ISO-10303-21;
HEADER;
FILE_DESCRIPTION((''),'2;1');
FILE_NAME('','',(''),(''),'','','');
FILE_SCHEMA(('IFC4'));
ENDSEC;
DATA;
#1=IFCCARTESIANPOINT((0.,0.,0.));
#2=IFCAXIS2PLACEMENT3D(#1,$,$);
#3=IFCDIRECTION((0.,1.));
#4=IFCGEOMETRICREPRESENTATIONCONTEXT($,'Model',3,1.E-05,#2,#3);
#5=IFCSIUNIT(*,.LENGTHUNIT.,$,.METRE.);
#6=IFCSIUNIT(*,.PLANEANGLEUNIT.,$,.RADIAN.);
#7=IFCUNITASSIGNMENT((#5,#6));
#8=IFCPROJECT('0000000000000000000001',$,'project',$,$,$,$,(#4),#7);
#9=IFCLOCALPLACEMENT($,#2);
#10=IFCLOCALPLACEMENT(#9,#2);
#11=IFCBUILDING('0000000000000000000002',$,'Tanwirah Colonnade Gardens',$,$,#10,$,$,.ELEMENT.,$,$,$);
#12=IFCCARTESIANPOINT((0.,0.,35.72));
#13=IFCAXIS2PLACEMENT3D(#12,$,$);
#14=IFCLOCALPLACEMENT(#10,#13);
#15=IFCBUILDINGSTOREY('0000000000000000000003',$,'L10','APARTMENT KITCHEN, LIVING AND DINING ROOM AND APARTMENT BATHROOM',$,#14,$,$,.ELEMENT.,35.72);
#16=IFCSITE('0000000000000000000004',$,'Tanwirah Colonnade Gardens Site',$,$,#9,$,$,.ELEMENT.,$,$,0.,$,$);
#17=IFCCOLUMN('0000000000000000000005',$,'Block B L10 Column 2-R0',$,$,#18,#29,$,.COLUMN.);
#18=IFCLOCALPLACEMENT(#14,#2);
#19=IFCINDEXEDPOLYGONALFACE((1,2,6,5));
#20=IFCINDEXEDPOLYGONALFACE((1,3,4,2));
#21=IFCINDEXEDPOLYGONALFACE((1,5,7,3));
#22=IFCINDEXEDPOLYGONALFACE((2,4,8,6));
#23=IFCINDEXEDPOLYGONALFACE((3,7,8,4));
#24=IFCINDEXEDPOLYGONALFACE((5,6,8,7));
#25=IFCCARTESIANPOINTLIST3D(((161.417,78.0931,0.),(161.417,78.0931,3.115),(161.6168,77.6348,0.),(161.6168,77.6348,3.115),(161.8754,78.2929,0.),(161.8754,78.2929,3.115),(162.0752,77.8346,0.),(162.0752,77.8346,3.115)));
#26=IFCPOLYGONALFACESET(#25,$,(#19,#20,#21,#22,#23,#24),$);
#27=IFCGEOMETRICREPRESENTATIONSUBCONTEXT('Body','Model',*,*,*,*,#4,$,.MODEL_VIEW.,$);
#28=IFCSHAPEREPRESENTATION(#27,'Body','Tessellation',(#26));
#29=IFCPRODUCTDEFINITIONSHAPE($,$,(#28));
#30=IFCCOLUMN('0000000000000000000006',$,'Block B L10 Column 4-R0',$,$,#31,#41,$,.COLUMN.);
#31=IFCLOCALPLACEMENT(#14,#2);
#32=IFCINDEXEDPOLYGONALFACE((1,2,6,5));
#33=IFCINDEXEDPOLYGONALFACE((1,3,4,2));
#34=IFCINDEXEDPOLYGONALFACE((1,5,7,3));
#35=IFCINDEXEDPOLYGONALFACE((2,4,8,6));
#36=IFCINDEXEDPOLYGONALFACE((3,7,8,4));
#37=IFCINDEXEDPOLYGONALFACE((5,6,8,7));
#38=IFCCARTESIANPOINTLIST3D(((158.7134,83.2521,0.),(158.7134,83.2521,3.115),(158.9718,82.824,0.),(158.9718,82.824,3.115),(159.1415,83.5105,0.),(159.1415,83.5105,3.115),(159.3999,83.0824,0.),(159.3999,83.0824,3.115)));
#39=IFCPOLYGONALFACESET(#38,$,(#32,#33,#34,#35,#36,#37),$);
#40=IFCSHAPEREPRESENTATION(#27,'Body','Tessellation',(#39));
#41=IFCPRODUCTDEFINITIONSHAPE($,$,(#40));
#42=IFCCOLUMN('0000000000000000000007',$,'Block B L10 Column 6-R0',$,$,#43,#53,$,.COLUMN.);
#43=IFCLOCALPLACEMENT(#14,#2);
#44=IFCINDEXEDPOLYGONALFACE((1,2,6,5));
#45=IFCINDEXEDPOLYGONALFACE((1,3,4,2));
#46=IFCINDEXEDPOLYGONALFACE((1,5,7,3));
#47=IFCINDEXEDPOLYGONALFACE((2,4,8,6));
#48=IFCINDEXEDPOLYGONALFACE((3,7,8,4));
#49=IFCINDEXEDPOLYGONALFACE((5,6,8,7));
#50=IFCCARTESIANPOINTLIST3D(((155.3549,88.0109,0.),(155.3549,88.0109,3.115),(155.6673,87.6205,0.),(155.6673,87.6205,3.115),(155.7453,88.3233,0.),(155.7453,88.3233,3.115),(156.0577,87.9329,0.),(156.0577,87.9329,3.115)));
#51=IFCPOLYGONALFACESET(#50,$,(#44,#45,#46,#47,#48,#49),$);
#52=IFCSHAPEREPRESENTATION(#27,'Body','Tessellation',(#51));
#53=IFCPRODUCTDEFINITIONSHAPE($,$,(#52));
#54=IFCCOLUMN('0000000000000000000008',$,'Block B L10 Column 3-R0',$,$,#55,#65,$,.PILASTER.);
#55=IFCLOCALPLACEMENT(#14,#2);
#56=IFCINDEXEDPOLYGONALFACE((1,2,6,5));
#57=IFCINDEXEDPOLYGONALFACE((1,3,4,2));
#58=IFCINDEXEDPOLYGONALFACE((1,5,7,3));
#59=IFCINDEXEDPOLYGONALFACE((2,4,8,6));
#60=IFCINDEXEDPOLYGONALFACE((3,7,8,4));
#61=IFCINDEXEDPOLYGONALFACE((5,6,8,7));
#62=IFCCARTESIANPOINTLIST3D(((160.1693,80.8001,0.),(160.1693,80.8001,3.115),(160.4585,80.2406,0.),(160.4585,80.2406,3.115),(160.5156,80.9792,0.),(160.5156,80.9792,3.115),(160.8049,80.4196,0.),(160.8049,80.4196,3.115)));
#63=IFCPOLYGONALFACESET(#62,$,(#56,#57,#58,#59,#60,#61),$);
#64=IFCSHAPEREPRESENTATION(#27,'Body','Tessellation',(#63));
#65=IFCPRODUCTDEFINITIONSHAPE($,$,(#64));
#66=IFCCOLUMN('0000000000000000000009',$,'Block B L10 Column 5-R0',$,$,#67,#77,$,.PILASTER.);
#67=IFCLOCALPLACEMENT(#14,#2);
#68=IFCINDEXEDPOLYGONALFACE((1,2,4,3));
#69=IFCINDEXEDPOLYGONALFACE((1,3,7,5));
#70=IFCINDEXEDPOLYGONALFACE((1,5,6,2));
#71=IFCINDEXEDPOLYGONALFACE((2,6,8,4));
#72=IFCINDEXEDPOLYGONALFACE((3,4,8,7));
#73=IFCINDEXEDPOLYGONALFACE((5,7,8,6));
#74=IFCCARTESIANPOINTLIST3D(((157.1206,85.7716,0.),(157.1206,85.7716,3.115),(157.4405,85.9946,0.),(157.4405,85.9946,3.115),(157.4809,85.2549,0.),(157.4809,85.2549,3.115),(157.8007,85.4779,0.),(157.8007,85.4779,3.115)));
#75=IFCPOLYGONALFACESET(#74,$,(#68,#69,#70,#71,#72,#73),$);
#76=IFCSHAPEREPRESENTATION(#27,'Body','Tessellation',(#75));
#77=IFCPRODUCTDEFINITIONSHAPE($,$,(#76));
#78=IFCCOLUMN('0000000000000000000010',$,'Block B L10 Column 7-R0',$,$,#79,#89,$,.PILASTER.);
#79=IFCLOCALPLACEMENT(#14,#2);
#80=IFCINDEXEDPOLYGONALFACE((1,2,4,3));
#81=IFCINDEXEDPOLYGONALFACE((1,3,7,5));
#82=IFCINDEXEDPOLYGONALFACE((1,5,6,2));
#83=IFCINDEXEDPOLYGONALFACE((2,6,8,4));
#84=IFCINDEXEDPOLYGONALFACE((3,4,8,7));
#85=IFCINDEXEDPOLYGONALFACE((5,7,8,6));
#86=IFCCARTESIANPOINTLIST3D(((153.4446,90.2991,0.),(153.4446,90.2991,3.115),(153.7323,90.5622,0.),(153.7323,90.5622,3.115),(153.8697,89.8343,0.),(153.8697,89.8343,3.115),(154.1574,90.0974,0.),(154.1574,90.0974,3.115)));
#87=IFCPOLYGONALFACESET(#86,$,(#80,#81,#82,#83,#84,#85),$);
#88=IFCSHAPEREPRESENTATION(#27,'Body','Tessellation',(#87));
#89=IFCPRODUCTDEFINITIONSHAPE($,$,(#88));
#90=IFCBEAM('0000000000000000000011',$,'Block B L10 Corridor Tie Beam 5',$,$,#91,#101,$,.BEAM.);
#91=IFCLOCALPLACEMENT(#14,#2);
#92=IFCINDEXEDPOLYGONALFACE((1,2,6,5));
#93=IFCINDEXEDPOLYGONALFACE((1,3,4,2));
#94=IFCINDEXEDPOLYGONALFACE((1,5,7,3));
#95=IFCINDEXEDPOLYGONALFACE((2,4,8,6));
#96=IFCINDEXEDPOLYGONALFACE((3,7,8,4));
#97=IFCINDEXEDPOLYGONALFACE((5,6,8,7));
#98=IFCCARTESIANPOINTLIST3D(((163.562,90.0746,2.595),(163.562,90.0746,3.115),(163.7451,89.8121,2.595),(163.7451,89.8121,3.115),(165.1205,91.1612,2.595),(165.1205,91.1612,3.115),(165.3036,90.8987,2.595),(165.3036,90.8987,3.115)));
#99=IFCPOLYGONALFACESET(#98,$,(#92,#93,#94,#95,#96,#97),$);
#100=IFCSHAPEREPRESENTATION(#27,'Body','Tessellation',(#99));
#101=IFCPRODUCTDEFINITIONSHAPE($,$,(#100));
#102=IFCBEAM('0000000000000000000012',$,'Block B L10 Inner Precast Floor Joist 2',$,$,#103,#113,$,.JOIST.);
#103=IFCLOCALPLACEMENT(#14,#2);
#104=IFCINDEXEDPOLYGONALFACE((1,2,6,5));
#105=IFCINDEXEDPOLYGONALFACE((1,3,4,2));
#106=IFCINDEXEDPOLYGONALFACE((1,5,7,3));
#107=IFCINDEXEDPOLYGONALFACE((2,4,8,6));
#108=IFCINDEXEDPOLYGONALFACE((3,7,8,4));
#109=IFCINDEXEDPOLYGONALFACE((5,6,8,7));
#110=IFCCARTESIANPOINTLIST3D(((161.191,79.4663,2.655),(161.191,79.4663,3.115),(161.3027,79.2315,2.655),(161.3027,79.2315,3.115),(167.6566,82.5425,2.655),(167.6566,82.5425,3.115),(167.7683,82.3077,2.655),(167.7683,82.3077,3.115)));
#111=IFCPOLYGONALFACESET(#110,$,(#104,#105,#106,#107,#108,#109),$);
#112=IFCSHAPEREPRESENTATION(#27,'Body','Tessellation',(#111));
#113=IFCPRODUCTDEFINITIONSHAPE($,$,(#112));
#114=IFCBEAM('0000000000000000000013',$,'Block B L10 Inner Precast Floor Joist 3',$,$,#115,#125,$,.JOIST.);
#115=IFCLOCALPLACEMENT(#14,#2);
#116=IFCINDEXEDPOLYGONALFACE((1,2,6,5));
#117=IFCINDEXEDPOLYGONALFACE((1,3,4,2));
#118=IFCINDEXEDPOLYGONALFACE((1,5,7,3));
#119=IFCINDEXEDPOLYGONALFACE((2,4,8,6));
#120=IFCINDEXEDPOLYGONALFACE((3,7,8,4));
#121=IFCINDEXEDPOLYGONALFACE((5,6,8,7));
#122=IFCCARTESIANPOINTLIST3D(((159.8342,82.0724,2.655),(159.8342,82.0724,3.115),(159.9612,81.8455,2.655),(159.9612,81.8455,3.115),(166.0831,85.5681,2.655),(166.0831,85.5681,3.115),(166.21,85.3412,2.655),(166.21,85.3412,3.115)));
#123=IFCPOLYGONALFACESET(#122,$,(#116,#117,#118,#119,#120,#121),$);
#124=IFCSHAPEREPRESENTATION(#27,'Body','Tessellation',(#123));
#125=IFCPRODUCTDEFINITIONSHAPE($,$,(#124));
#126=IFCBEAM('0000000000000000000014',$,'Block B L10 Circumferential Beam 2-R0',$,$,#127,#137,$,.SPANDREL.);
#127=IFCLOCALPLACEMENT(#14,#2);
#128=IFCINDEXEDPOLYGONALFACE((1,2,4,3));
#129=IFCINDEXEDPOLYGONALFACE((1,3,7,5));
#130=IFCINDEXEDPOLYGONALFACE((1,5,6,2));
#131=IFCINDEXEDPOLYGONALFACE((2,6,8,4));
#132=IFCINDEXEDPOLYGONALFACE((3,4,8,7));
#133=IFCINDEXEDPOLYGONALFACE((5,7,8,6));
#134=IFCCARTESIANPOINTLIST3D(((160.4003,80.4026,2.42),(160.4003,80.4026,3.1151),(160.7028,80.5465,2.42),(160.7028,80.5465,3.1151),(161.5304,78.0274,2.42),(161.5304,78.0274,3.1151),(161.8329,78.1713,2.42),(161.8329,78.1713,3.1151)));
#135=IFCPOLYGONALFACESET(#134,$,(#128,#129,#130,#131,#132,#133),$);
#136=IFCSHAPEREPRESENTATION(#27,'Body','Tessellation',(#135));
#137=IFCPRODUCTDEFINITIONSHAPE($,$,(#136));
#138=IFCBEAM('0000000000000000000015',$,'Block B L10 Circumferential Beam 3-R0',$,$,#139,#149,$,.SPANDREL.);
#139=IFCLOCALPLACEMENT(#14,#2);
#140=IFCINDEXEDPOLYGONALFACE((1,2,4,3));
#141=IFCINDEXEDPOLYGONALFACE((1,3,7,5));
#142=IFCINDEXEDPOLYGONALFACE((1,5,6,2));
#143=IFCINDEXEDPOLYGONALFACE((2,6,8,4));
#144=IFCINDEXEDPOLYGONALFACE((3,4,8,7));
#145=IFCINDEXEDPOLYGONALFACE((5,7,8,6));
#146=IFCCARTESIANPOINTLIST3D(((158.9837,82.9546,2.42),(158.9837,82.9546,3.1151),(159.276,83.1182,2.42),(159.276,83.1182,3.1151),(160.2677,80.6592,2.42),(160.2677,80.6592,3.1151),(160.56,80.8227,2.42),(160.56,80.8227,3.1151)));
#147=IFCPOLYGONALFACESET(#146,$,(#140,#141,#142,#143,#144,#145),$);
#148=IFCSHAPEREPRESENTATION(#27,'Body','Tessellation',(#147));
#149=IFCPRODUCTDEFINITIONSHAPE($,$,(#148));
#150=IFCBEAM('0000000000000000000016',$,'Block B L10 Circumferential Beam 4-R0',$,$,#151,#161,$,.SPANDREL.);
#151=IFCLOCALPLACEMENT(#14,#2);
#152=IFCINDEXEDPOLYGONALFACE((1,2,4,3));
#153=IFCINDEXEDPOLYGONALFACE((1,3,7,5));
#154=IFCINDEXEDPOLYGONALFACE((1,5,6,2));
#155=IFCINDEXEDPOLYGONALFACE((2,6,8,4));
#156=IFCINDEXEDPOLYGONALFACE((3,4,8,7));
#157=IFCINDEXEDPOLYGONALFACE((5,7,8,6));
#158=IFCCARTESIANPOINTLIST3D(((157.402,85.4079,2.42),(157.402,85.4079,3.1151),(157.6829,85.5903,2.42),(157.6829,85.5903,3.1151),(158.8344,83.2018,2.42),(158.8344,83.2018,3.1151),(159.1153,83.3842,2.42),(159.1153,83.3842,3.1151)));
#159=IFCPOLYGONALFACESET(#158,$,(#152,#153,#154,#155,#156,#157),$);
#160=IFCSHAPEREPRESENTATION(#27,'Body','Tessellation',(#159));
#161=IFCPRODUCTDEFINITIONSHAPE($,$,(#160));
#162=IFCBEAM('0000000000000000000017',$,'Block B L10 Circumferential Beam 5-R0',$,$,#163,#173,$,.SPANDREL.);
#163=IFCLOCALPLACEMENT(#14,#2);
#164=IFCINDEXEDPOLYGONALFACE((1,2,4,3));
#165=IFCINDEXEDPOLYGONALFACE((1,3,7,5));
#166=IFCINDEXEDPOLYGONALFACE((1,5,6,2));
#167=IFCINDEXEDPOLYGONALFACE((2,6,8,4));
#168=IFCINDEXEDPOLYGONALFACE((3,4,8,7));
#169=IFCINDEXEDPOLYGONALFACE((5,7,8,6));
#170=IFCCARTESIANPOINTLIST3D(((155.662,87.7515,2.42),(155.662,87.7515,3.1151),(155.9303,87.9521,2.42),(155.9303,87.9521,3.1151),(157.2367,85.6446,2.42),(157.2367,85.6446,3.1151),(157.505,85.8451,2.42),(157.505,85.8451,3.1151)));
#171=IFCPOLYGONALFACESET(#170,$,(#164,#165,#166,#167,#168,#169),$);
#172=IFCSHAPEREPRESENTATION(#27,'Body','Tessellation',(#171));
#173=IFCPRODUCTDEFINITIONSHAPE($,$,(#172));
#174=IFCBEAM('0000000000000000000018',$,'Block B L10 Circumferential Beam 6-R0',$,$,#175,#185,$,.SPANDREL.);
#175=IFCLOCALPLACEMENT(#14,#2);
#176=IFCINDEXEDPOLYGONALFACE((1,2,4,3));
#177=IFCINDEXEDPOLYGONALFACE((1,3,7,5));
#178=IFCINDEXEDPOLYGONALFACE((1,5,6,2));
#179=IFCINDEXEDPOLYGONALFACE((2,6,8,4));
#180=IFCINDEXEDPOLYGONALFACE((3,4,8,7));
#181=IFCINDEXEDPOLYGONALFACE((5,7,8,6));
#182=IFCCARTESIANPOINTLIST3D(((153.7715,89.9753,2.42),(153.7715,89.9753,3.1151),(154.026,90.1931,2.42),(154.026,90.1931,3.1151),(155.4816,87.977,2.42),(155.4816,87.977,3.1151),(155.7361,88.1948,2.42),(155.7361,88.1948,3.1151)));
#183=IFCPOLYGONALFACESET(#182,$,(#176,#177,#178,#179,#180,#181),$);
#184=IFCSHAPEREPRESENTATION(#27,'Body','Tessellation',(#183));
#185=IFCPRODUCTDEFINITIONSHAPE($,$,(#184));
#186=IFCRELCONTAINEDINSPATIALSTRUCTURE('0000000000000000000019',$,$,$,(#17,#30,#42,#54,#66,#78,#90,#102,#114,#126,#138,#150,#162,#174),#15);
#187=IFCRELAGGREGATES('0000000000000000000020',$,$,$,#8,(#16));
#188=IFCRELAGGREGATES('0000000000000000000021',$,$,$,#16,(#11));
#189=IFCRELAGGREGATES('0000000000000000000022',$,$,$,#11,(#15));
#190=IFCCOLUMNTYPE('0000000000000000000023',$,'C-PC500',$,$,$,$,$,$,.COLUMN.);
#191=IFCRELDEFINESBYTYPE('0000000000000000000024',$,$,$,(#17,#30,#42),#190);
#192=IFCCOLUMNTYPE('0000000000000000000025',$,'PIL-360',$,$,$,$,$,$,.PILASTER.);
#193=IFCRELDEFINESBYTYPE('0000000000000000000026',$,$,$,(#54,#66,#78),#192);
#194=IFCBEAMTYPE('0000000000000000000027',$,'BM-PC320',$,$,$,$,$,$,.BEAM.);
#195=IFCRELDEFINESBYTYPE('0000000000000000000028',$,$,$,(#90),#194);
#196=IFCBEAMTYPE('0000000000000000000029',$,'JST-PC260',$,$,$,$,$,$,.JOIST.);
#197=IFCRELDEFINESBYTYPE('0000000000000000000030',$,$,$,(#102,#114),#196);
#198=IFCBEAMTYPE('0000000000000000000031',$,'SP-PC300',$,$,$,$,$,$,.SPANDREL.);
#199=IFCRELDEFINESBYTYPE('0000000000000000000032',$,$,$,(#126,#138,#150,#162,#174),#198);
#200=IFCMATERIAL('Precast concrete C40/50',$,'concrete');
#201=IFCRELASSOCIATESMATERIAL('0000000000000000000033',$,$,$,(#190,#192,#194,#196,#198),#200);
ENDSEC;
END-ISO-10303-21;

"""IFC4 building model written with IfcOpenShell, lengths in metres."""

from ifc_helpers import new_model, si_unit, direction, frame, origin, origin_2d, place, context, subcontext, project, spatial, rectangle, extrude, material, material_profile, profile_set, type_object, element, save


model = new_model("IFC4")

# Units and contexts
model_context = context("Model", 3, precision=1e-05, world=origin(), true_north=direction((0.0, 1.0)))
body_context = subcontext(model_context, "Body", "Model", "MODEL_VIEW")
ifc_project = project(units=[si_unit("LENGTHUNIT", "METRE"), si_unit("PLANEANGLEUNIT", "RADIAN")], contexts=[model_context])

# Site, building, storey
site_placement = place(None, origin())
site = spatial("IfcSite", under=ifc_project, at=site_placement, Name="Tanwirah Colonnade Gardens Site", CompositionType="ELEMENT", RefElevation=0.0)
building_placement = place(site_placement, origin())
building = spatial("IfcBuilding", under=site, at=building_placement, Name="Tanwirah Colonnade Gardens", CompositionType="ELEMENT")
storey_placement = place(building_placement, frame((0.0, 0.0, 35.72)))
storey = spatial("IfcBuildingStorey", under=building, at=storey_placement, Name="L10", Description="APARTMENT KITCHEN, LIVING AND DINING ROOM AND APARTMENT BATHROOM", CompositionType="ELEMENT", Elevation=35.72)

# Columns
ifc_material_1 = material(Name="Precast concrete C40/50", Category="concrete")
ifc_material_profile_1 = material_profile(ifc_material_1, rectangle(XDim=0.5, YDim=0.5, at=origin_2d()), Name="PC-COL 500x500")
ifc_profile_set_1 = profile_set([ifc_material_profile_1], Name="Precast concrete C40/50")
column_type_1 = type_object("IfcColumnType", Name="C-PC500", PredefinedType="COLUMN", material=ifc_profile_set_1)
for number, where, z_axis, x_axis, name in (
    (1, (161.7461, 77.9639, 0.0), (0.0, 0.0, 1.0), (0.916673, 0.399638, 0.0), "Block B L10 Column 2-R0"),
    (2, (159.0566, 83.1672, 0.0), (0.0, 0.0, 1.0), (0.856167, 0.516699, 0.0), "Block B L10 Column 4-R0"),
    (3, (155.7063, 87.9719, 0.0), (0.0, 0.0, 1.0), (0.780794, 0.624789, 0.0), "Block B L10 Column 6-R0"),
):
    element("IfcColumn", number, at=place(storey_placement, frame(where, z_axis=z_axis, x_axis=x_axis)), inside=storey, type_object=column_type_1, Name=name, PredefinedType="COLUMN", context=body_context, shape_type="SweptSolid", body=[
        extrude(rectangle(XDim=0.5, YDim=0.5, at=origin_2d()), origin(), (0.0, 0.0, 1.0), 3.115),
    ])
ifc_material_profile_2 = material_profile(ifc_material_1, rectangle(XDim=0.3899, YDim=0.6299, at=origin_2d()), Name="PC-PIL 390x630")
ifc_profile_set_2 = profile_set([ifc_material_profile_2], Name="Precast concrete C40/50")
column_type_2 = type_object("IfcColumnType", Name="PIL-360", PredefinedType="PILASTER", material=ifc_profile_set_2)
for number, where, z_axis, x_axis, name in (
    (4, (160.4871, 80.6099, 0.0), (0.0, 0.0, 1.0), (0.88835, 0.459166, 0.0), "Block B L10 Column 3-R0"),
    (5, (157.4607, 85.6248, 0.0), (0.0, 0.0, 1.0), (0.820263, 0.571987, 0.0), "Block B L10 Column 5-R0"),
    (6, (153.801, 90.1982, 0.0), (0.0, 0.0, 1.0), (0.737932, 0.674875, 0.0), "Block B L10 Column 7-R0"),
):
    element("IfcColumn", number, at=place(storey_placement, frame(where, z_axis=z_axis, x_axis=x_axis)), inside=storey, type_object=column_type_2, Name=name, PredefinedType="PILASTER", context=body_context, shape_type="SweptSolid", body=[
        extrude(rectangle(XDim=0.3899, YDim=0.6299, at=origin_2d()), origin(), (0.0, 0.0, 1.0), 3.115),
    ])

# Beams
ifc_material_profile_3 = material_profile(ifc_material_1, rectangle(XDim=0.3201, YDim=0.52, at=origin_2d()), Name="PC-BM 320x520")
ifc_profile_set_3 = profile_set([ifc_material_profile_3], Name="Precast concrete C40/50")
beam_type_1 = type_object("IfcBeamType", Name="BM-PC320", PredefinedType="BEAM", material=ifc_profile_set_3)
beam_1_placement = place(storey_placement, frame((163.6536, 89.9434, 2.855), z_axis=(0.820305, 0.571926, 0.0), x_axis=(-0.571926, 0.820305, 0.0)))
element("IfcBeam", 7, at=beam_1_placement, inside=storey, type_object=beam_type_1, Name="Block B L10 Corridor Tie Beam 5", PredefinedType="BEAM", context=body_context, shape_type="SweptSolid", body=[
    extrude(rectangle(XDim=0.3201, YDim=0.52, at=origin_2d()), origin(), (0.0, 0.0, 1.0), 1.8999),
])
ifc_material_profile_4 = material_profile(ifc_material_1, rectangle(XDim=0.26, YDim=0.46, at=origin_2d()), Name="PC-JST 260x460")
ifc_profile_set_4 = profile_set([ifc_material_profile_4], Name="Precast concrete C40/50")
beam_type_2 = type_object("IfcBeamType", Name="JST-PC260", PredefinedType="JOIST", material=ifc_profile_set_4)
for number, where, z_axis, x_axis, name in (
    (8, (161.2468, 79.3489, 2.885), (0.903005, 0.429629, 0.0), (-0.429629, 0.903005, 0.0), "Block B L10 Inner Precast Floor Joist 2"),
    (9, (159.8977, 81.959, 2.885), (0.872727, 0.488209, 0.0), (-0.488209, 0.872727, 0.0), "Block B L10 Inner Precast Floor Joist 3"),
):
    element("IfcBeam", number, at=place(storey_placement, frame(where, z_axis=z_axis, x_axis=x_axis)), inside=storey, type_object=beam_type_2, Name=name, PredefinedType="JOIST", context=body_context, shape_type="SweptSolid", body=[
        extrude(rectangle(XDim=0.26, YDim=0.46, at=origin_2d()), origin(), (0.0, 0.0, 1.0), 7.1602),
    ])
ifc_material_profile_5 = material_profile(ifc_material_1, rectangle(XDim=0.335, YDim=0.6951, at=origin_2d()), Name="PC-SP 335x695")
ifc_profile_set_5 = profile_set([ifc_material_profile_5], Name="Precast concrete C40/50")
beam_type_3 = type_object("IfcBeamType", Name="SP-PC300", PredefinedType="SPANDREL", material=ifc_profile_set_5)
beam_2_placement = place(storey_placement, frame((161.6816, 78.0994, 2.7676), z_axis=(-0.429642, 0.902999, 0.0), x_axis=(-0.902999, -0.429642, 0.0)))
element("IfcBeam", 10, at=beam_2_placement, inside=storey, type_object=beam_type_3, Name="Block B L10 Circumferential Beam 2-R0", PredefinedType="SPANDREL", context=body_context, shape_type="SweptSolid", body=[
    extrude(rectangle(XDim=0.335, YDim=0.6951, at=origin_2d()), origin(), (0.0, 0.0, 1.0), 2.6304),
])
beam_3_placement = place(storey_placement, frame((160.4138, 80.741, 2.7676), z_axis=(-0.488171, 0.872748, 0.0), x_axis=(-0.872748, -0.488171, 0.0)))
element("IfcBeam", 11, at=beam_3_placement, inside=storey, type_object=beam_type_3, Name="Block B L10 Circumferential Beam 3-R0", PredefinedType="SPANDREL", context=body_context, shape_type="SweptSolid", body=[
    extrude(rectangle(XDim=0.335, YDim=0.6951, at=origin_2d()), origin(), (0.0, 0.0, 1.0), 2.6301),
])
for number, where, z_axis, x_axis, name in (
    (12, (158.9749, 83.293, 2.7676), (-0.544571, 0.838715, 0.0), (-0.838715, -0.544571, 0.0), "Block B L10 Circumferential Beam 4-R0"),
    (13, (157.3708, 85.7449, 2.7676), (-0.598663, 0.801001, 0.0), (-0.801001, -0.598663, 0.0), "Block B L10 Circumferential Beam 5-R0"),
):
    element("IfcBeam", number, at=place(storey_placement, frame(where, z_axis=z_axis, x_axis=x_axis)), inside=storey, type_object=beam_type_3, Name=name, PredefinedType="SPANDREL", context=body_context, shape_type="SweptSolid", body=[
        extrude(rectangle(XDim=0.335, YDim=0.6951, at=origin_2d()), origin(), (0.0, 0.0, 1.0), 2.6304),
    ])
beam_4_placement = place(storey_placement, frame((155.6089, 88.0859, 2.7676), z_axis=(-0.650218, 0.759748, 0.0), x_axis=(-0.759748, -0.650218, 0.0)))
element("IfcBeam", 14, at=beam_4_placement, inside=storey, type_object=beam_type_3, Name="Block B L10 Circumferential Beam 6-R0", PredefinedType="SPANDREL", context=body_context, shape_type="SweptSolid", body=[
    extrude(rectangle(XDim=0.335, YDim=0.6951, at=origin_2d()), origin(), (0.0, 0.0, 1.0), 2.6301),
])

save(model, "model.ifc")
